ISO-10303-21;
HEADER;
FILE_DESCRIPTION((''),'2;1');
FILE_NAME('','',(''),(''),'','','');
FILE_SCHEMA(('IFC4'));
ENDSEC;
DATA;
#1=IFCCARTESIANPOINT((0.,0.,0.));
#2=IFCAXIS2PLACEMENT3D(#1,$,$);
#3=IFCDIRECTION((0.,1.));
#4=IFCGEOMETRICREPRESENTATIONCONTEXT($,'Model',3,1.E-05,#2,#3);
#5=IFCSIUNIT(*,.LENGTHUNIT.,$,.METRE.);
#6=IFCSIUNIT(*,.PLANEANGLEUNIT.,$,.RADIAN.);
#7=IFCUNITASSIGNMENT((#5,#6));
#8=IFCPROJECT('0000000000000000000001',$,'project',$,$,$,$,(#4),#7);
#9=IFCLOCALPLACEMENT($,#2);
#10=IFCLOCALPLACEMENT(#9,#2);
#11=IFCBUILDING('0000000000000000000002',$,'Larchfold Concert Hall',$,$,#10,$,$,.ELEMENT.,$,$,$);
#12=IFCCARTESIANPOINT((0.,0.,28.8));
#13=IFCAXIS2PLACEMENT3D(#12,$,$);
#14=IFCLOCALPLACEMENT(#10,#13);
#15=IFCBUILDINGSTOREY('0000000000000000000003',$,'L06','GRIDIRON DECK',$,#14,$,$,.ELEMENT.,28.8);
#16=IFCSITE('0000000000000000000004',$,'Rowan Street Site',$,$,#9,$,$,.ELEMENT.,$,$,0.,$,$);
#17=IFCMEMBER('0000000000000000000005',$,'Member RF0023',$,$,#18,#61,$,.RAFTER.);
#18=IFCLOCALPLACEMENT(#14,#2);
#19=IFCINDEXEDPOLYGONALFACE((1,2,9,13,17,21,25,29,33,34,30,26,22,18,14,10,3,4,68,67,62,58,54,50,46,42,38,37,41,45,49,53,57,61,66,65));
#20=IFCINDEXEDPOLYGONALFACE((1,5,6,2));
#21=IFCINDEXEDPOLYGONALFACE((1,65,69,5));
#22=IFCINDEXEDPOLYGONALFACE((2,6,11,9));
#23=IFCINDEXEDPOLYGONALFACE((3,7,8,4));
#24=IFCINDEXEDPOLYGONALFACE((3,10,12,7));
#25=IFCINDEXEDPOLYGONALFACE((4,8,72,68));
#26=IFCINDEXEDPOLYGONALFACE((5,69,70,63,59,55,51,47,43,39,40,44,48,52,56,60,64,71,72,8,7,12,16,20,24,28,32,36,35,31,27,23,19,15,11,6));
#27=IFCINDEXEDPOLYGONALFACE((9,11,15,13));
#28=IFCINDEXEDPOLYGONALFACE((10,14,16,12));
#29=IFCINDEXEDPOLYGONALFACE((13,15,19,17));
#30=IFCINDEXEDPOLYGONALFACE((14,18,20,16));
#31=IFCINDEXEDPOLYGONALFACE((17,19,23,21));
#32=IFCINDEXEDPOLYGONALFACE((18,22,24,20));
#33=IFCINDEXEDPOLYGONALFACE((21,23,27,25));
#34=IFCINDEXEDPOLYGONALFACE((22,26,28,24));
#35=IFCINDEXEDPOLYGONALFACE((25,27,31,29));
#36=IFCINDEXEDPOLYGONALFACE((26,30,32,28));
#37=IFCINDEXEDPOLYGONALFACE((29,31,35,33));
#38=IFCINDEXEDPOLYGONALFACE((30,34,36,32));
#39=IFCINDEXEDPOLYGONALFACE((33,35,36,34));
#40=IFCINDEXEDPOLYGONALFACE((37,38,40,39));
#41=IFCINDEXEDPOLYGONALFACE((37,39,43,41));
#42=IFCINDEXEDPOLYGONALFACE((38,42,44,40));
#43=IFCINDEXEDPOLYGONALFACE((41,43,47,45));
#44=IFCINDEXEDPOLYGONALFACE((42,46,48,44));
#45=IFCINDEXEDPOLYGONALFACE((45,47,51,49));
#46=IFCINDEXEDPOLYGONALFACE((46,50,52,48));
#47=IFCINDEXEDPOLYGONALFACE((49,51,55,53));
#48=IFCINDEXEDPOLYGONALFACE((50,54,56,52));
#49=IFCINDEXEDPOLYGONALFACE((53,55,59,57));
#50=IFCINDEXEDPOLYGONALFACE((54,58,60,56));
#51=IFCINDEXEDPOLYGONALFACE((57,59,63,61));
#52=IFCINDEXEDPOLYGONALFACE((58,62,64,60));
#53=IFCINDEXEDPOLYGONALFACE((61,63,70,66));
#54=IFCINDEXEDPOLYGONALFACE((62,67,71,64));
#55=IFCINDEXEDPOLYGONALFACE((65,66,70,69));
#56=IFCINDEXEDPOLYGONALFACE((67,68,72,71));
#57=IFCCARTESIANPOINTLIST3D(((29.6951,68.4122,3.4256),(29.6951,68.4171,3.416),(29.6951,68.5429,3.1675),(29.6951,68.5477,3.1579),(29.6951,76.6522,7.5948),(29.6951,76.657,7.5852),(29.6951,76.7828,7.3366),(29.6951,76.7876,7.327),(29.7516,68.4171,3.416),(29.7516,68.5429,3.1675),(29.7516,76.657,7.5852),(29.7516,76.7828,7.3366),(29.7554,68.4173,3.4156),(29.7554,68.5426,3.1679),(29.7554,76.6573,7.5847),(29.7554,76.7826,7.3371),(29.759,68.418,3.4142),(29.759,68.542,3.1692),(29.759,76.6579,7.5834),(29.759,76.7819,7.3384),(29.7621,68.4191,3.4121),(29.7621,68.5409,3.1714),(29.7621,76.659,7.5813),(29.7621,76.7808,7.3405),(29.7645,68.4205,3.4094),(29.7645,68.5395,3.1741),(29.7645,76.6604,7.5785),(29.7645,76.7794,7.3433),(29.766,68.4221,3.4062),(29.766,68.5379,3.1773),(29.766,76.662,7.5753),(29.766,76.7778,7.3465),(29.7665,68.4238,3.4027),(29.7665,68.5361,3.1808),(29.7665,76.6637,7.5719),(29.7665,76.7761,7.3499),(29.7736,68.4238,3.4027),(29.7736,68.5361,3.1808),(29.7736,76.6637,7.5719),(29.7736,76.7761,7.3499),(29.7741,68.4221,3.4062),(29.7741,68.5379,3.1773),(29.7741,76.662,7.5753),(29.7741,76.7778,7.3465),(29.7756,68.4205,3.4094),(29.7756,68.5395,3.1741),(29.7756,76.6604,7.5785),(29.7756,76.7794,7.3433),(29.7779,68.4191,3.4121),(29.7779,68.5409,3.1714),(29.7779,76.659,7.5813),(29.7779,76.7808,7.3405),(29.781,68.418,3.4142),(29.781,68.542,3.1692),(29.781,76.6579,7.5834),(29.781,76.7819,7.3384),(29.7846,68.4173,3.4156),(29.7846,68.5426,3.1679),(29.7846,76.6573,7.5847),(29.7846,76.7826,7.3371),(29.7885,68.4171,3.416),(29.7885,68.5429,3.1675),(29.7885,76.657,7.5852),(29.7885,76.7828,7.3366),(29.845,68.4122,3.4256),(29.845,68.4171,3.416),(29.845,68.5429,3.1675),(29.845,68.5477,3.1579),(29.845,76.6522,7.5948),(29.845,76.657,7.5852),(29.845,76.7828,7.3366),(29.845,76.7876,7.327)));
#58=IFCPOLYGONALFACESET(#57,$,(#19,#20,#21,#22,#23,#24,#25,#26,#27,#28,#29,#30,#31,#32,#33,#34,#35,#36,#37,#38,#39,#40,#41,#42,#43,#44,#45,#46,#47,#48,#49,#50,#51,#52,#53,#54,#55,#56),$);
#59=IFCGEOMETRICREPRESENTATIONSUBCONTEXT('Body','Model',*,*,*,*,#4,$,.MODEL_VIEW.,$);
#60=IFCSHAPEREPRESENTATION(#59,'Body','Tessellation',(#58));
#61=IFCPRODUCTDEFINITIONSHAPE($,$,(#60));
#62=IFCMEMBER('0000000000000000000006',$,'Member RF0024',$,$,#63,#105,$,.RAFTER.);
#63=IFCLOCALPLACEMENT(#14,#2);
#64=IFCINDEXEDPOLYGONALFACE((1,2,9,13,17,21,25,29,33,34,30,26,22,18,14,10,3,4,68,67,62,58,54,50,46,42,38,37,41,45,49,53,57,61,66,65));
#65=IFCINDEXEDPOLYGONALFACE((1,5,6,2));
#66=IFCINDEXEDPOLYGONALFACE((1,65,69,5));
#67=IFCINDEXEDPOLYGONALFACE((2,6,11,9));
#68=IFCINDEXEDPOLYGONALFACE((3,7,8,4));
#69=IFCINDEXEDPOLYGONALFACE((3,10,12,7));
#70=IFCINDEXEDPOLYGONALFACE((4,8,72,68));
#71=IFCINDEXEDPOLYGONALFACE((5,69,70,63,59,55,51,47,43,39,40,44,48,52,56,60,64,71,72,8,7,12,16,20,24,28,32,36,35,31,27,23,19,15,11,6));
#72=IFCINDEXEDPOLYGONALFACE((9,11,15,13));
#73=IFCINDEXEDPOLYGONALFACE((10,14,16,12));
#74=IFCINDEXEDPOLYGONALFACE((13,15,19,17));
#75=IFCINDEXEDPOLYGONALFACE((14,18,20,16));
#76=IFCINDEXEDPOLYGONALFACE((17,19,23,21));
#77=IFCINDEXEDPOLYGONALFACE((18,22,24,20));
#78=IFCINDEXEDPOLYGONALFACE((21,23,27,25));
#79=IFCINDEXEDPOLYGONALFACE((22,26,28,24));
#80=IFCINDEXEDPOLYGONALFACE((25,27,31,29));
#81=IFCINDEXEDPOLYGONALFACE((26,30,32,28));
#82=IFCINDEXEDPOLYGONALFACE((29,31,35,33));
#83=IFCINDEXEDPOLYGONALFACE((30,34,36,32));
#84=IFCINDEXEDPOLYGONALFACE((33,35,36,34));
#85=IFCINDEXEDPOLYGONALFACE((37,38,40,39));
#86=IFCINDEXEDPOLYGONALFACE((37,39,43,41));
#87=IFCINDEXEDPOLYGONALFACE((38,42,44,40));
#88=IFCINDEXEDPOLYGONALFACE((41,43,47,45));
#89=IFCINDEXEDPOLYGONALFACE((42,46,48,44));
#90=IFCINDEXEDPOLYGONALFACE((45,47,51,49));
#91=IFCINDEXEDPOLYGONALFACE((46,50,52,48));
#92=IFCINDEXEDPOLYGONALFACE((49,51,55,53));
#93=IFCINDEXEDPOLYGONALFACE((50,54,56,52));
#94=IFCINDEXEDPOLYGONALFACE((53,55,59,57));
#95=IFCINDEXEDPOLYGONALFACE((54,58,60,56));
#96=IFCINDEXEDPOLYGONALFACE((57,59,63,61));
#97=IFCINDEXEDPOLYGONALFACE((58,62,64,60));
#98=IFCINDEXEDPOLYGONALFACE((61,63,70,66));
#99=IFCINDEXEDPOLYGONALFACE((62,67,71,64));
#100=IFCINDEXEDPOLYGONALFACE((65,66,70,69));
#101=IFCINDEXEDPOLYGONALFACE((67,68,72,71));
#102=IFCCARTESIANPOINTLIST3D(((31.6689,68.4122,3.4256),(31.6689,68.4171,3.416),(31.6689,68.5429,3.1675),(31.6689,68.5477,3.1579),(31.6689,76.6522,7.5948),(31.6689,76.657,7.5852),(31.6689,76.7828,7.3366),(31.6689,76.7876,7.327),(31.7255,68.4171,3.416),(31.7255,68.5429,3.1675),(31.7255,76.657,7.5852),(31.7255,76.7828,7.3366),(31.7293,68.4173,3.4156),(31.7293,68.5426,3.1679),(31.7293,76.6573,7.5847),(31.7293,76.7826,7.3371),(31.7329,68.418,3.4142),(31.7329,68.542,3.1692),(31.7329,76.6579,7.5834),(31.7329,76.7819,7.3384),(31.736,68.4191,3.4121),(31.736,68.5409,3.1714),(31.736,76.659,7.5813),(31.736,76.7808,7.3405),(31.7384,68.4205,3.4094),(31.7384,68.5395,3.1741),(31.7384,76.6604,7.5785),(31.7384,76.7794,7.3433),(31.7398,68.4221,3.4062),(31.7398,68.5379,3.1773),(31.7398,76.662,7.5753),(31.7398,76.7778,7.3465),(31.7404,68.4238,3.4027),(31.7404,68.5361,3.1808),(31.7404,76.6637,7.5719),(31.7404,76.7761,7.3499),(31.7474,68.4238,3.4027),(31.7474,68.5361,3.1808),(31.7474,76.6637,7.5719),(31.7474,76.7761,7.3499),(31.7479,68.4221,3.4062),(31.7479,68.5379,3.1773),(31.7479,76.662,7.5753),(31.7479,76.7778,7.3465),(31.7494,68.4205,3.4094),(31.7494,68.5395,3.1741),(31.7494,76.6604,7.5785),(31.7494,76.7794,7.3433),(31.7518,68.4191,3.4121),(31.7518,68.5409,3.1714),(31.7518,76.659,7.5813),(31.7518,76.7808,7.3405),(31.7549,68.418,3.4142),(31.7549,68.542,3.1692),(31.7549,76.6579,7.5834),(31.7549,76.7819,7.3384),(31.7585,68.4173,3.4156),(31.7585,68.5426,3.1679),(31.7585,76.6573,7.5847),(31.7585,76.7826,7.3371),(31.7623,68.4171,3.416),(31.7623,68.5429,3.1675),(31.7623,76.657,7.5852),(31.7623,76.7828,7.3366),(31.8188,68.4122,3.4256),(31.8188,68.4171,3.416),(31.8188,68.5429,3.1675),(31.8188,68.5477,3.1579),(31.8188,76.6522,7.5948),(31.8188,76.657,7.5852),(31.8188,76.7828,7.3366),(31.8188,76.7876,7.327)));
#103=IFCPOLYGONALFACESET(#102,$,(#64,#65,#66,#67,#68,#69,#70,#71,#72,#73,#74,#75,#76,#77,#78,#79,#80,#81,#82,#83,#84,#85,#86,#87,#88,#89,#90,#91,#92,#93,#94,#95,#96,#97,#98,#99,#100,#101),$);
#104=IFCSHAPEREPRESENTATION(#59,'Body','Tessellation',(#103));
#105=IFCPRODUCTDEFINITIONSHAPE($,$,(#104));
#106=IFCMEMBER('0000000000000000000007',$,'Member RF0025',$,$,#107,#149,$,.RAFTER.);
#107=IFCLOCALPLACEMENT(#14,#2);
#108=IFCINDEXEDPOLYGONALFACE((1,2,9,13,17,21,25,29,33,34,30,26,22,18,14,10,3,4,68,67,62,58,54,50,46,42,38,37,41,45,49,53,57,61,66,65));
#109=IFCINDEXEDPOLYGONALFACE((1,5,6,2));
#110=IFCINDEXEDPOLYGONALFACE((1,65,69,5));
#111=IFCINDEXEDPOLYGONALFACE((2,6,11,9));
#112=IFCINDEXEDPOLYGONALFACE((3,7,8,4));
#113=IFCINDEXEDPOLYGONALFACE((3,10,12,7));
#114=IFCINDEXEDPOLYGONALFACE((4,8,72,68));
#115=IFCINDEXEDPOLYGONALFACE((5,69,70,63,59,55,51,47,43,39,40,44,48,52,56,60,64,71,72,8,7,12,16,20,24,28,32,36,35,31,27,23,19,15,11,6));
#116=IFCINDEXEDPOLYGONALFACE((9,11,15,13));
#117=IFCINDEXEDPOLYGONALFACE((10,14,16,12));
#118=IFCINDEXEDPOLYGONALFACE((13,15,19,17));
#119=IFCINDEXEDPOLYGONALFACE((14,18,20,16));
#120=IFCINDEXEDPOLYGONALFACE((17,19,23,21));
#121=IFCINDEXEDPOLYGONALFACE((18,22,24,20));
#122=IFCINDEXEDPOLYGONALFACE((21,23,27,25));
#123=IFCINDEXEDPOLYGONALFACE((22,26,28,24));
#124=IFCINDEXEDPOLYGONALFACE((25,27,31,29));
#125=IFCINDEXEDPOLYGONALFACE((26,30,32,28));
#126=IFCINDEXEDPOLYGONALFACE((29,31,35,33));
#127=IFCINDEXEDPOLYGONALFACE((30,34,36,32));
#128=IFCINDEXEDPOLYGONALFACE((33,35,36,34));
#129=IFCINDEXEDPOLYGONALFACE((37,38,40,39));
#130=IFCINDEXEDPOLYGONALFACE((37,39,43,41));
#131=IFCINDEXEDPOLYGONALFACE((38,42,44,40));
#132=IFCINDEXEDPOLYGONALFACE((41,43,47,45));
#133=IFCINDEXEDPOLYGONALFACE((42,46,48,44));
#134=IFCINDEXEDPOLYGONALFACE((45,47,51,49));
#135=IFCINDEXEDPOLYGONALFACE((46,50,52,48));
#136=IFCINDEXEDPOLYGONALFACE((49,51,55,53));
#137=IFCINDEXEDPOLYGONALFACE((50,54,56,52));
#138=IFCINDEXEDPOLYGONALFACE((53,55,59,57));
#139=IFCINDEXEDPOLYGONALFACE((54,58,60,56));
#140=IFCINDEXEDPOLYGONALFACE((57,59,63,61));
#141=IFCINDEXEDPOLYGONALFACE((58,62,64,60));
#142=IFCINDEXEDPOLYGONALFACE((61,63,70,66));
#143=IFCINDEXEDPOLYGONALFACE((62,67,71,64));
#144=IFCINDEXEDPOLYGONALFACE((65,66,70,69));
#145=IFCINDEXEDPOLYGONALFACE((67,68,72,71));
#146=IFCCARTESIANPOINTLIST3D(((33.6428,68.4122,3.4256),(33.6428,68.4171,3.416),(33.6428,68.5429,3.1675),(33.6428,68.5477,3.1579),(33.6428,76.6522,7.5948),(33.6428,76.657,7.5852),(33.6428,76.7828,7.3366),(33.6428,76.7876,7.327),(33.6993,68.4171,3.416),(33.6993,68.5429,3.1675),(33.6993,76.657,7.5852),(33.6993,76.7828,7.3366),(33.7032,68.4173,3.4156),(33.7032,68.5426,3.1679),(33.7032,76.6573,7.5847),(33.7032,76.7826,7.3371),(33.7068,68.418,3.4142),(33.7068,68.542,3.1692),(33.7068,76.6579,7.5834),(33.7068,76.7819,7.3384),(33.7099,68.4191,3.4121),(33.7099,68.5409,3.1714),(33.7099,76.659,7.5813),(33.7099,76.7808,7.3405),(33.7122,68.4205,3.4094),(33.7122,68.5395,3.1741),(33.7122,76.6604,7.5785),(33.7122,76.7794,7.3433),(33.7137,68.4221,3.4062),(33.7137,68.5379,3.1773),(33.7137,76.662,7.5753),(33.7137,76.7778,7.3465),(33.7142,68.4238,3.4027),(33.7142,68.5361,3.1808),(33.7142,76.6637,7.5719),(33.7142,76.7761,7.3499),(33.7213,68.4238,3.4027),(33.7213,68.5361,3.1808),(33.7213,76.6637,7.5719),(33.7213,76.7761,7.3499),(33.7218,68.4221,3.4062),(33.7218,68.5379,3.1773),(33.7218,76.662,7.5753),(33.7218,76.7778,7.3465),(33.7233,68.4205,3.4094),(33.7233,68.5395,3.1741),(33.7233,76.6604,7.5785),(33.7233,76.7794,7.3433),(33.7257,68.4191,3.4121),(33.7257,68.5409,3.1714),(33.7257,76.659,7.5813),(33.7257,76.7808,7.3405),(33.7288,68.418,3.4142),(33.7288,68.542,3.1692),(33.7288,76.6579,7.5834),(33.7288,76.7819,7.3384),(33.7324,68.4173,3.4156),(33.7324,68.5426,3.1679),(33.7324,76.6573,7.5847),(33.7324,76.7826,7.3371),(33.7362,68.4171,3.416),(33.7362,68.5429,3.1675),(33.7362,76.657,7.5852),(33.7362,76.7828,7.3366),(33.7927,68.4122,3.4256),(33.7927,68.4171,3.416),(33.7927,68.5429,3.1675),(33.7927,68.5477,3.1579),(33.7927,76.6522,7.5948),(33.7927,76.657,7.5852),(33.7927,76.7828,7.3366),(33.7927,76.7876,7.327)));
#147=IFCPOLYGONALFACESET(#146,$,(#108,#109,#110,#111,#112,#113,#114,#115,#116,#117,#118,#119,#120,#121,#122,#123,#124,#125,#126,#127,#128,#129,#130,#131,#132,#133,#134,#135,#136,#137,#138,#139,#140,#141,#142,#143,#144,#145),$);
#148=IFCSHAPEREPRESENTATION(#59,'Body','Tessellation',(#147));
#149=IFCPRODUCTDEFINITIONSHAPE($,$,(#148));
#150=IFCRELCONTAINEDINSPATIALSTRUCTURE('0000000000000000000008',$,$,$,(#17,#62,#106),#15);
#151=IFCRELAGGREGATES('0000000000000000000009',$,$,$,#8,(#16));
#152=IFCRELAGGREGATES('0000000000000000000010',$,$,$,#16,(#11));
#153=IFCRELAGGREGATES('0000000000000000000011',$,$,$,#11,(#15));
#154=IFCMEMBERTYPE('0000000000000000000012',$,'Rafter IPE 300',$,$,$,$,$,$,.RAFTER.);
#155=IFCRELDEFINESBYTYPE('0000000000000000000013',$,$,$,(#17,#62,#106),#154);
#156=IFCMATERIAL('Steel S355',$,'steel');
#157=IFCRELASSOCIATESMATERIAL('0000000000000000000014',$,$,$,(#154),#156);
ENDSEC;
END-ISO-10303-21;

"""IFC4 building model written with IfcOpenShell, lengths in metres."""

from ifc_helpers import new_model, si_unit, direction, frame, origin, origin_2d, place, context, subcontext, project, spatial, i_section, extrude, material, material_profile, profile_set, type_object, element, save


model = new_model("IFC4")

# Units and contexts
model_context = context("Model", 3, precision=1e-05, world=origin(), true_north=direction((0.0, 1.0)))
body_context = subcontext(model_context, "Body", "Model", "MODEL_VIEW")
ifc_project = project(units=[si_unit("LENGTHUNIT", "METRE"), si_unit("PLANEANGLEUNIT", "RADIAN")], contexts=[model_context])

# Site, building, storey
site_placement = place(None, origin())
site = spatial("IfcSite", under=ifc_project, at=site_placement, Name="Rowan Street Site", CompositionType="ELEMENT", RefElevation=0.0)
building_placement = place(site_placement, origin())
building = spatial("IfcBuilding", under=site, at=building_placement, Name="Larchfold Concert Hall", CompositionType="ELEMENT")
storey_placement = place(building_placement, frame((0.0, 0.0, 28.8)))
storey = spatial("IfcBuildingStorey", under=building, at=storey_placement, Name="L06", Description="GRIDIRON DECK", CompositionType="ELEMENT", Elevation=28.8)

# Members
ifc_material_1 = material(Name="Steel S355", Category="steel")
ifc_material_profile_1 = material_profile(ifc_material_1, i_section(OverallWidth=0.1499, OverallDepth=0.3, WebThickness=0.0071, FlangeThickness=0.0107, FilletRadius=0.0149, at=origin_2d()))
ifc_profile_set_1 = profile_set([ifc_material_profile_1], Name="Steel S355")
member_type_1 = type_object("IfcMemberType", Name="Rafter IPE 300", PredefinedType="RAFTER", material=ifc_profile_set_1)
for number, where, z_axis, x_axis, name in (
    (1, (29.77, 68.48, 3.2917), (0.0, 0.892286, 0.45147), (-1.0, 0.0, 0.0), "Member RF0023"),
    (2, (31.7439, 68.48, 3.2917), (0.0, 0.892286, 0.45147), (-1.0, 0.0, 0.0), "Member RF0024"),
    (3, (33.7178, 68.48, 3.2917), (0.0, 0.892286, 0.45147), (-1.0, 0.0, 0.0), "Member RF0025"),
):
    element("IfcMember", number, at=place(storey_placement, frame(where, z_axis=z_axis, x_axis=x_axis)), inside=storey, type_object=member_type_1, Name=name, PredefinedType="RAFTER", context=body_context, shape_type="SweptSolid", body=[
        extrude(i_section(OverallWidth=0.1499, OverallDepth=0.3, WebThickness=0.0071, FlangeThickness=0.0107, FilletRadius=0.0149, at=origin_2d()), origin(), (0.0, 0.0, 1.0), 9.2346),
    ])

save(model, "model.ifc")
